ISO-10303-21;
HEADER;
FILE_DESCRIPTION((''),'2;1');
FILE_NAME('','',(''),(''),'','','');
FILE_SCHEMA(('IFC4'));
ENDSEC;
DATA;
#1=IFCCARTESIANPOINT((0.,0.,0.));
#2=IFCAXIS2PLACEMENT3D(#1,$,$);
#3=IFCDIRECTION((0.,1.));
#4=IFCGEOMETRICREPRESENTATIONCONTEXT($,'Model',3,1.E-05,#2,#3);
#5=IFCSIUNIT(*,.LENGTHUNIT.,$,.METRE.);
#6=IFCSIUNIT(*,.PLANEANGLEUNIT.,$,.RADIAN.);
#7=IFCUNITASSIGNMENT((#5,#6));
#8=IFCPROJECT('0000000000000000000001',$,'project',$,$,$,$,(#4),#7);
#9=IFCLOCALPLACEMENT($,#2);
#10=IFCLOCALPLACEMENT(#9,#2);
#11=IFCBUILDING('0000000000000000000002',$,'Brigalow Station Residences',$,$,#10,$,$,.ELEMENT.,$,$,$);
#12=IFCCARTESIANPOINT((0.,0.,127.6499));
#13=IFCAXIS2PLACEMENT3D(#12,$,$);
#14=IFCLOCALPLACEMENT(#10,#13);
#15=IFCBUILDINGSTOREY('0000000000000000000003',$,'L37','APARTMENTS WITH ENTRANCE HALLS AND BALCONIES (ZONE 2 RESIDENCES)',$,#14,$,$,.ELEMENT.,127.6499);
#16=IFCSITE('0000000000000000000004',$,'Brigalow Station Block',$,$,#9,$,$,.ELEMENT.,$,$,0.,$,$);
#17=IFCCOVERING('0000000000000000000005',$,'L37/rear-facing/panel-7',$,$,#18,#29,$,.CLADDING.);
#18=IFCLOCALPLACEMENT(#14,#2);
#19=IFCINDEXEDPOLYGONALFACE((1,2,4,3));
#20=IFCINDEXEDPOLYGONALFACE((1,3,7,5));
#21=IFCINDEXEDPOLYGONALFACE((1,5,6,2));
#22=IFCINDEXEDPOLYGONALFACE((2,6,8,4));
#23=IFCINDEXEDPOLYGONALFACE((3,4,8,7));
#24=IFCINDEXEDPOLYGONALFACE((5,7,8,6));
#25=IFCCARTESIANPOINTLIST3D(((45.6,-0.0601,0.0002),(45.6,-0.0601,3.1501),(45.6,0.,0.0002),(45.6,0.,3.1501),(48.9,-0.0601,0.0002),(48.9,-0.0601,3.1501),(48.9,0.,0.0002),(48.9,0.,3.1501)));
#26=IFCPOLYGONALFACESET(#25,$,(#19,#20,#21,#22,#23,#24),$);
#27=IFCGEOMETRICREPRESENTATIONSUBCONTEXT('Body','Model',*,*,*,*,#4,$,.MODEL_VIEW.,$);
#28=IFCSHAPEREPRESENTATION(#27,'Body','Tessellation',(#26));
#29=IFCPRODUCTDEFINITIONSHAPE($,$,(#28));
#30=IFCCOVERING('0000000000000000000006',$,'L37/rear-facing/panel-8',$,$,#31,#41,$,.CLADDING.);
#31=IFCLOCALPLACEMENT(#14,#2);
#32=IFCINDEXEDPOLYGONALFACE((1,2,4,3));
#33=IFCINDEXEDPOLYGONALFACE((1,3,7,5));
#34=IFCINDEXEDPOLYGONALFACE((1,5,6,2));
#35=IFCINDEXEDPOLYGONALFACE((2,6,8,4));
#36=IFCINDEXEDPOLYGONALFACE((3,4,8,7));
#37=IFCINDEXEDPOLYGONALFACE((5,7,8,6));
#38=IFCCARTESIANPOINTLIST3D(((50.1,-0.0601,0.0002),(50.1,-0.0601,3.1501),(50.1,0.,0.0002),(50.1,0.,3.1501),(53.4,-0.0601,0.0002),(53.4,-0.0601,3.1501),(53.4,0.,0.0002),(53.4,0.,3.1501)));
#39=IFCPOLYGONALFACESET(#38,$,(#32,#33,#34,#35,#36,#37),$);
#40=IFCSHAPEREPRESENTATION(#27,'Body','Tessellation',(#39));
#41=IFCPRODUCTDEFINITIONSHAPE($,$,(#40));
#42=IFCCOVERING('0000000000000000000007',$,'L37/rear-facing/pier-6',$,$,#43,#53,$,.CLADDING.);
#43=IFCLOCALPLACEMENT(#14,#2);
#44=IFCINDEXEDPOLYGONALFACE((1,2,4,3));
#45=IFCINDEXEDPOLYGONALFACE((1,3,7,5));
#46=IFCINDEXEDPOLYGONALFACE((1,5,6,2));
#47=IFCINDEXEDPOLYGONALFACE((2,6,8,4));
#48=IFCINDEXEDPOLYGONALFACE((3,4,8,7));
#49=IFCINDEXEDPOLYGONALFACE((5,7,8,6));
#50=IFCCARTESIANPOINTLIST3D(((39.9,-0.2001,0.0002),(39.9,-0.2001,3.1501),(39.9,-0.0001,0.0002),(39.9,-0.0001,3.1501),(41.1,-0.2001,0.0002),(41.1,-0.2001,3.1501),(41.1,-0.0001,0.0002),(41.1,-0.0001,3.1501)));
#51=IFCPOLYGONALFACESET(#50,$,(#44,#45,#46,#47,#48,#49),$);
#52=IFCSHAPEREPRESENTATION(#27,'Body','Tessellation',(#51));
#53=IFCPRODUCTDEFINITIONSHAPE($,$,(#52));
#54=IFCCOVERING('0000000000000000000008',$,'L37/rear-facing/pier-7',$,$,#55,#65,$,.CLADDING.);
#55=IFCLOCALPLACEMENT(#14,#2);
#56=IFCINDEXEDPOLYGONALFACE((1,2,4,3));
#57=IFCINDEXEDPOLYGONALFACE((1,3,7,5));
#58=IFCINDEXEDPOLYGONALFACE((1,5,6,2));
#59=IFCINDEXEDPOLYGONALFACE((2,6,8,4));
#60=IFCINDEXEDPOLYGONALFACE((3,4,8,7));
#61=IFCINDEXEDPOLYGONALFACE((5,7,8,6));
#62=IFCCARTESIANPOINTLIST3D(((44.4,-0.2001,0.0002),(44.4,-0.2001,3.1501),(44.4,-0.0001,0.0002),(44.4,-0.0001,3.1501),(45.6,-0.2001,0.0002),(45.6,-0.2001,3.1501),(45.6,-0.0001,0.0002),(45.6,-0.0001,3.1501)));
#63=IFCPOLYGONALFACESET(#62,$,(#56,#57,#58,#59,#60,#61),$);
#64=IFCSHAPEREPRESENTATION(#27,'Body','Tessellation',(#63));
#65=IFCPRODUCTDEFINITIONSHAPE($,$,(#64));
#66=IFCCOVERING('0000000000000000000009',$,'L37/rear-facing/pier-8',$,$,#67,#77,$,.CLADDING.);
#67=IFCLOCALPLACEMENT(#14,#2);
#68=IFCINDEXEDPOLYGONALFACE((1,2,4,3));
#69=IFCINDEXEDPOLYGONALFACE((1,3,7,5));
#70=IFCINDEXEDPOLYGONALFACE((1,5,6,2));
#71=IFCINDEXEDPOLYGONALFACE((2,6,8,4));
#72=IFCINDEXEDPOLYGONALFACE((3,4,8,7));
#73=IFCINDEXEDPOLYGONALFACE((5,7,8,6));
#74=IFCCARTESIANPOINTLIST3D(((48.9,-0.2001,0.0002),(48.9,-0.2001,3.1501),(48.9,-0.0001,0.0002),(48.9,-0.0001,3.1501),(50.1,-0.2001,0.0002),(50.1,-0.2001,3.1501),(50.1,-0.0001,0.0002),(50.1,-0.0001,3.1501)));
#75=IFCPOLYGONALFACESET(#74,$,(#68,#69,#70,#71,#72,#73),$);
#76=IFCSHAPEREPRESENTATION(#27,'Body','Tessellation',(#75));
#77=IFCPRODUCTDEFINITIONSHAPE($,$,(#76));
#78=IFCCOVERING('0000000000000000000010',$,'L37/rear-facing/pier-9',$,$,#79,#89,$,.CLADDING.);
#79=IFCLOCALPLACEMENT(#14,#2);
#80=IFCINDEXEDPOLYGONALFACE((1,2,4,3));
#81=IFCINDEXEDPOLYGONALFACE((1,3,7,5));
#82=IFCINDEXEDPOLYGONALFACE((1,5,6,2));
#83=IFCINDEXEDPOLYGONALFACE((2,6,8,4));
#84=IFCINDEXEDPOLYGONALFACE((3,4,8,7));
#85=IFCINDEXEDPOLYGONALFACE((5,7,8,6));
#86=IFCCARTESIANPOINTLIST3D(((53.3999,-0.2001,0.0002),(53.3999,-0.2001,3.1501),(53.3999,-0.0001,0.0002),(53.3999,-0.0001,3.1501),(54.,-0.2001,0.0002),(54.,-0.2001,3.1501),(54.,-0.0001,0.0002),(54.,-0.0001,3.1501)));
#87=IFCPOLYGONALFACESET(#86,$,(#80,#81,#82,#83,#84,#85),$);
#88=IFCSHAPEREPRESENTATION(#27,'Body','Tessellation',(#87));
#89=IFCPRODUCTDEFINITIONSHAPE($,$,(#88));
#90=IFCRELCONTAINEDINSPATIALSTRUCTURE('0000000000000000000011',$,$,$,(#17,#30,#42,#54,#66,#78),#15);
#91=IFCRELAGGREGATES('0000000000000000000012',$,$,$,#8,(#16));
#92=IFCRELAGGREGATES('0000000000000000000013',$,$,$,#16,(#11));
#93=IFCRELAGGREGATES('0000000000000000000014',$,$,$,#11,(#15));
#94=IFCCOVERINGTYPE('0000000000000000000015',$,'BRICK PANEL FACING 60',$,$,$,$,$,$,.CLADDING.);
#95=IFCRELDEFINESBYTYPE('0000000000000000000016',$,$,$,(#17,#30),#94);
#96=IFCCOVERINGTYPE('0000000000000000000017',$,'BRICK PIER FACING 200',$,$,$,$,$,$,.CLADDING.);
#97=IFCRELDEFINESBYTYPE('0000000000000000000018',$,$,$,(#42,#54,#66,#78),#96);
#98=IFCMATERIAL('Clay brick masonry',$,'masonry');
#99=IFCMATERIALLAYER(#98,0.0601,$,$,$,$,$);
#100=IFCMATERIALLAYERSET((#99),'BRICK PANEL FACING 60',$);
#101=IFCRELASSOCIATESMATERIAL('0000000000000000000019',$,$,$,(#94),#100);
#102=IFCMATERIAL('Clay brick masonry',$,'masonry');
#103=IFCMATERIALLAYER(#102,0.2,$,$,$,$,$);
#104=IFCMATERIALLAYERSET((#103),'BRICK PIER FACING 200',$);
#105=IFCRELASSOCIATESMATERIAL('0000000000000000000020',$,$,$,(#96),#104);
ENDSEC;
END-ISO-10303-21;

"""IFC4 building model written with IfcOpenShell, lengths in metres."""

from ifc_helpers import new_model, si_unit, direction, frame, origin, origin_2d, place, context, subcontext, project, spatial, rectangle, extrude, material, layer, layer_set, type_object, element, save


model = new_model("IFC4")

# Units and contexts
model_context = context("Model", 3, precision=1e-05, world=origin(), true_north=direction((0.0, 1.0)))
body_context = subcontext(model_context, "Body", "Model", "MODEL_VIEW")
ifc_project = project(units=[si_unit("LENGTHUNIT", "METRE"), si_unit("PLANEANGLEUNIT", "RADIAN")], contexts=[model_context])

# Site, building, storey
site_placement = place(None, origin())
site = spatial("IfcSite", under=ifc_project, at=site_placement, Name="Brigalow Station Block", CompositionType="ELEMENT", RefElevation=0.0)
building_placement = place(site_placement, origin())
building = spatial("IfcBuilding", under=site, at=building_placement, Name="Brigalow Station Residences", CompositionType="ELEMENT")
storey_placement = place(building_placement, frame((0.0, 0.0, 127.6499)))
storey = spatial("IfcBuildingStorey", under=building, at=storey_placement, Name="L37", Description="APARTMENTS WITH ENTRANCE HALLS AND BALCONIES (ZONE 2 RESIDENCES)", CompositionType="ELEMENT", Elevation=127.6499)

# Coverings
ifc_material_1 = material(Name="Clay brick masonry", Category="masonry")
ifc_layer_1 = layer(ifc_material_1, 0.0601)
ifc_layer_set_1 = layer_set([ifc_layer_1], Name="BRICK PANEL FACING 60")
covering_type_1 = type_object("IfcCoveringType", Name="BRICK PANEL FACING 60", PredefinedType="CLADDING", material=ifc_layer_set_1)
for number, where, z_axis, x_axis, name in (
    (1, (47.25, -0.03, 0.0002), (0.0, 0.0, 1.0), (1.0, 0.0, 0.0), "L37/rear-facing/panel-7"),
    (2, (51.75, -0.03, 0.0002), (0.0, 0.0, 1.0), (1.0, 0.0, 0.0), "L37/rear-facing/panel-8"),
):
    element("IfcCovering", number, at=place(storey_placement, frame(where, z_axis=z_axis, x_axis=x_axis)), inside=storey, type_object=covering_type_1, Name=name, PredefinedType="CLADDING", context=body_context, shape_type="SweptSolid", body=[
        extrude(rectangle(XDim=3.3, YDim=0.0601, at=origin_2d()), origin(), (0.0, 0.0, 1.0), 3.1499),
    ])
ifc_material_2 = material(Name="Clay brick masonry", Category="masonry")
ifc_layer_2 = layer(ifc_material_2, 0.2)
ifc_layer_set_2 = layer_set([ifc_layer_2], Name="BRICK PIER FACING 200")
covering_type_2 = type_object("IfcCoveringType", Name="BRICK PIER FACING 200", PredefinedType="CLADDING", material=ifc_layer_set_2)
for number, where, z_axis, x_axis, name in (
    (3, (40.5, -0.1001, 0.0002), (0.0, 0.0, 1.0), (1.0, 0.0, 0.0), "L37/rear-facing/pier-6"),
    (4, (45.0, -0.1001, 0.0002), (0.0, 0.0, 1.0), (1.0, 0.0, 0.0), "L37/rear-facing/pier-7"),
    (5, (49.5, -0.1001, 0.0002), (0.0, 0.0, 1.0), (1.0, 0.0, 0.0), "L37/rear-facing/pier-8"),
):
    element("IfcCovering", number, at=place(storey_placement, frame(where, z_axis=z_axis, x_axis=x_axis)), inside=storey, type_object=covering_type_2, Name=name, PredefinedType="CLADDING", context=body_context, shape_type="SweptSolid", body=[
        extrude(rectangle(XDim=1.2, YDim=0.2, at=origin_2d()), origin(), (0.0, 0.0, 1.0), 3.1499),
    ])
covering_placement = place(storey_placement, frame((53.7, -0.1001, 0.0002), z_axis=(0.0, 0.0, 1.0), x_axis=(1.0, 0.0, 0.0)))
element("IfcCovering", 6, at=covering_placement, inside=storey, type_object=covering_type_2, Name="L37/rear-facing/pier-9", PredefinedType="CLADDING", context=body_context, shape_type="SweptSolid", body=[
    extrude(rectangle(XDim=0.6001, YDim=0.2, at=origin_2d()), origin(), (0.0, 0.0, 1.0), 3.1499),
])

save(model, "model.ifc")
